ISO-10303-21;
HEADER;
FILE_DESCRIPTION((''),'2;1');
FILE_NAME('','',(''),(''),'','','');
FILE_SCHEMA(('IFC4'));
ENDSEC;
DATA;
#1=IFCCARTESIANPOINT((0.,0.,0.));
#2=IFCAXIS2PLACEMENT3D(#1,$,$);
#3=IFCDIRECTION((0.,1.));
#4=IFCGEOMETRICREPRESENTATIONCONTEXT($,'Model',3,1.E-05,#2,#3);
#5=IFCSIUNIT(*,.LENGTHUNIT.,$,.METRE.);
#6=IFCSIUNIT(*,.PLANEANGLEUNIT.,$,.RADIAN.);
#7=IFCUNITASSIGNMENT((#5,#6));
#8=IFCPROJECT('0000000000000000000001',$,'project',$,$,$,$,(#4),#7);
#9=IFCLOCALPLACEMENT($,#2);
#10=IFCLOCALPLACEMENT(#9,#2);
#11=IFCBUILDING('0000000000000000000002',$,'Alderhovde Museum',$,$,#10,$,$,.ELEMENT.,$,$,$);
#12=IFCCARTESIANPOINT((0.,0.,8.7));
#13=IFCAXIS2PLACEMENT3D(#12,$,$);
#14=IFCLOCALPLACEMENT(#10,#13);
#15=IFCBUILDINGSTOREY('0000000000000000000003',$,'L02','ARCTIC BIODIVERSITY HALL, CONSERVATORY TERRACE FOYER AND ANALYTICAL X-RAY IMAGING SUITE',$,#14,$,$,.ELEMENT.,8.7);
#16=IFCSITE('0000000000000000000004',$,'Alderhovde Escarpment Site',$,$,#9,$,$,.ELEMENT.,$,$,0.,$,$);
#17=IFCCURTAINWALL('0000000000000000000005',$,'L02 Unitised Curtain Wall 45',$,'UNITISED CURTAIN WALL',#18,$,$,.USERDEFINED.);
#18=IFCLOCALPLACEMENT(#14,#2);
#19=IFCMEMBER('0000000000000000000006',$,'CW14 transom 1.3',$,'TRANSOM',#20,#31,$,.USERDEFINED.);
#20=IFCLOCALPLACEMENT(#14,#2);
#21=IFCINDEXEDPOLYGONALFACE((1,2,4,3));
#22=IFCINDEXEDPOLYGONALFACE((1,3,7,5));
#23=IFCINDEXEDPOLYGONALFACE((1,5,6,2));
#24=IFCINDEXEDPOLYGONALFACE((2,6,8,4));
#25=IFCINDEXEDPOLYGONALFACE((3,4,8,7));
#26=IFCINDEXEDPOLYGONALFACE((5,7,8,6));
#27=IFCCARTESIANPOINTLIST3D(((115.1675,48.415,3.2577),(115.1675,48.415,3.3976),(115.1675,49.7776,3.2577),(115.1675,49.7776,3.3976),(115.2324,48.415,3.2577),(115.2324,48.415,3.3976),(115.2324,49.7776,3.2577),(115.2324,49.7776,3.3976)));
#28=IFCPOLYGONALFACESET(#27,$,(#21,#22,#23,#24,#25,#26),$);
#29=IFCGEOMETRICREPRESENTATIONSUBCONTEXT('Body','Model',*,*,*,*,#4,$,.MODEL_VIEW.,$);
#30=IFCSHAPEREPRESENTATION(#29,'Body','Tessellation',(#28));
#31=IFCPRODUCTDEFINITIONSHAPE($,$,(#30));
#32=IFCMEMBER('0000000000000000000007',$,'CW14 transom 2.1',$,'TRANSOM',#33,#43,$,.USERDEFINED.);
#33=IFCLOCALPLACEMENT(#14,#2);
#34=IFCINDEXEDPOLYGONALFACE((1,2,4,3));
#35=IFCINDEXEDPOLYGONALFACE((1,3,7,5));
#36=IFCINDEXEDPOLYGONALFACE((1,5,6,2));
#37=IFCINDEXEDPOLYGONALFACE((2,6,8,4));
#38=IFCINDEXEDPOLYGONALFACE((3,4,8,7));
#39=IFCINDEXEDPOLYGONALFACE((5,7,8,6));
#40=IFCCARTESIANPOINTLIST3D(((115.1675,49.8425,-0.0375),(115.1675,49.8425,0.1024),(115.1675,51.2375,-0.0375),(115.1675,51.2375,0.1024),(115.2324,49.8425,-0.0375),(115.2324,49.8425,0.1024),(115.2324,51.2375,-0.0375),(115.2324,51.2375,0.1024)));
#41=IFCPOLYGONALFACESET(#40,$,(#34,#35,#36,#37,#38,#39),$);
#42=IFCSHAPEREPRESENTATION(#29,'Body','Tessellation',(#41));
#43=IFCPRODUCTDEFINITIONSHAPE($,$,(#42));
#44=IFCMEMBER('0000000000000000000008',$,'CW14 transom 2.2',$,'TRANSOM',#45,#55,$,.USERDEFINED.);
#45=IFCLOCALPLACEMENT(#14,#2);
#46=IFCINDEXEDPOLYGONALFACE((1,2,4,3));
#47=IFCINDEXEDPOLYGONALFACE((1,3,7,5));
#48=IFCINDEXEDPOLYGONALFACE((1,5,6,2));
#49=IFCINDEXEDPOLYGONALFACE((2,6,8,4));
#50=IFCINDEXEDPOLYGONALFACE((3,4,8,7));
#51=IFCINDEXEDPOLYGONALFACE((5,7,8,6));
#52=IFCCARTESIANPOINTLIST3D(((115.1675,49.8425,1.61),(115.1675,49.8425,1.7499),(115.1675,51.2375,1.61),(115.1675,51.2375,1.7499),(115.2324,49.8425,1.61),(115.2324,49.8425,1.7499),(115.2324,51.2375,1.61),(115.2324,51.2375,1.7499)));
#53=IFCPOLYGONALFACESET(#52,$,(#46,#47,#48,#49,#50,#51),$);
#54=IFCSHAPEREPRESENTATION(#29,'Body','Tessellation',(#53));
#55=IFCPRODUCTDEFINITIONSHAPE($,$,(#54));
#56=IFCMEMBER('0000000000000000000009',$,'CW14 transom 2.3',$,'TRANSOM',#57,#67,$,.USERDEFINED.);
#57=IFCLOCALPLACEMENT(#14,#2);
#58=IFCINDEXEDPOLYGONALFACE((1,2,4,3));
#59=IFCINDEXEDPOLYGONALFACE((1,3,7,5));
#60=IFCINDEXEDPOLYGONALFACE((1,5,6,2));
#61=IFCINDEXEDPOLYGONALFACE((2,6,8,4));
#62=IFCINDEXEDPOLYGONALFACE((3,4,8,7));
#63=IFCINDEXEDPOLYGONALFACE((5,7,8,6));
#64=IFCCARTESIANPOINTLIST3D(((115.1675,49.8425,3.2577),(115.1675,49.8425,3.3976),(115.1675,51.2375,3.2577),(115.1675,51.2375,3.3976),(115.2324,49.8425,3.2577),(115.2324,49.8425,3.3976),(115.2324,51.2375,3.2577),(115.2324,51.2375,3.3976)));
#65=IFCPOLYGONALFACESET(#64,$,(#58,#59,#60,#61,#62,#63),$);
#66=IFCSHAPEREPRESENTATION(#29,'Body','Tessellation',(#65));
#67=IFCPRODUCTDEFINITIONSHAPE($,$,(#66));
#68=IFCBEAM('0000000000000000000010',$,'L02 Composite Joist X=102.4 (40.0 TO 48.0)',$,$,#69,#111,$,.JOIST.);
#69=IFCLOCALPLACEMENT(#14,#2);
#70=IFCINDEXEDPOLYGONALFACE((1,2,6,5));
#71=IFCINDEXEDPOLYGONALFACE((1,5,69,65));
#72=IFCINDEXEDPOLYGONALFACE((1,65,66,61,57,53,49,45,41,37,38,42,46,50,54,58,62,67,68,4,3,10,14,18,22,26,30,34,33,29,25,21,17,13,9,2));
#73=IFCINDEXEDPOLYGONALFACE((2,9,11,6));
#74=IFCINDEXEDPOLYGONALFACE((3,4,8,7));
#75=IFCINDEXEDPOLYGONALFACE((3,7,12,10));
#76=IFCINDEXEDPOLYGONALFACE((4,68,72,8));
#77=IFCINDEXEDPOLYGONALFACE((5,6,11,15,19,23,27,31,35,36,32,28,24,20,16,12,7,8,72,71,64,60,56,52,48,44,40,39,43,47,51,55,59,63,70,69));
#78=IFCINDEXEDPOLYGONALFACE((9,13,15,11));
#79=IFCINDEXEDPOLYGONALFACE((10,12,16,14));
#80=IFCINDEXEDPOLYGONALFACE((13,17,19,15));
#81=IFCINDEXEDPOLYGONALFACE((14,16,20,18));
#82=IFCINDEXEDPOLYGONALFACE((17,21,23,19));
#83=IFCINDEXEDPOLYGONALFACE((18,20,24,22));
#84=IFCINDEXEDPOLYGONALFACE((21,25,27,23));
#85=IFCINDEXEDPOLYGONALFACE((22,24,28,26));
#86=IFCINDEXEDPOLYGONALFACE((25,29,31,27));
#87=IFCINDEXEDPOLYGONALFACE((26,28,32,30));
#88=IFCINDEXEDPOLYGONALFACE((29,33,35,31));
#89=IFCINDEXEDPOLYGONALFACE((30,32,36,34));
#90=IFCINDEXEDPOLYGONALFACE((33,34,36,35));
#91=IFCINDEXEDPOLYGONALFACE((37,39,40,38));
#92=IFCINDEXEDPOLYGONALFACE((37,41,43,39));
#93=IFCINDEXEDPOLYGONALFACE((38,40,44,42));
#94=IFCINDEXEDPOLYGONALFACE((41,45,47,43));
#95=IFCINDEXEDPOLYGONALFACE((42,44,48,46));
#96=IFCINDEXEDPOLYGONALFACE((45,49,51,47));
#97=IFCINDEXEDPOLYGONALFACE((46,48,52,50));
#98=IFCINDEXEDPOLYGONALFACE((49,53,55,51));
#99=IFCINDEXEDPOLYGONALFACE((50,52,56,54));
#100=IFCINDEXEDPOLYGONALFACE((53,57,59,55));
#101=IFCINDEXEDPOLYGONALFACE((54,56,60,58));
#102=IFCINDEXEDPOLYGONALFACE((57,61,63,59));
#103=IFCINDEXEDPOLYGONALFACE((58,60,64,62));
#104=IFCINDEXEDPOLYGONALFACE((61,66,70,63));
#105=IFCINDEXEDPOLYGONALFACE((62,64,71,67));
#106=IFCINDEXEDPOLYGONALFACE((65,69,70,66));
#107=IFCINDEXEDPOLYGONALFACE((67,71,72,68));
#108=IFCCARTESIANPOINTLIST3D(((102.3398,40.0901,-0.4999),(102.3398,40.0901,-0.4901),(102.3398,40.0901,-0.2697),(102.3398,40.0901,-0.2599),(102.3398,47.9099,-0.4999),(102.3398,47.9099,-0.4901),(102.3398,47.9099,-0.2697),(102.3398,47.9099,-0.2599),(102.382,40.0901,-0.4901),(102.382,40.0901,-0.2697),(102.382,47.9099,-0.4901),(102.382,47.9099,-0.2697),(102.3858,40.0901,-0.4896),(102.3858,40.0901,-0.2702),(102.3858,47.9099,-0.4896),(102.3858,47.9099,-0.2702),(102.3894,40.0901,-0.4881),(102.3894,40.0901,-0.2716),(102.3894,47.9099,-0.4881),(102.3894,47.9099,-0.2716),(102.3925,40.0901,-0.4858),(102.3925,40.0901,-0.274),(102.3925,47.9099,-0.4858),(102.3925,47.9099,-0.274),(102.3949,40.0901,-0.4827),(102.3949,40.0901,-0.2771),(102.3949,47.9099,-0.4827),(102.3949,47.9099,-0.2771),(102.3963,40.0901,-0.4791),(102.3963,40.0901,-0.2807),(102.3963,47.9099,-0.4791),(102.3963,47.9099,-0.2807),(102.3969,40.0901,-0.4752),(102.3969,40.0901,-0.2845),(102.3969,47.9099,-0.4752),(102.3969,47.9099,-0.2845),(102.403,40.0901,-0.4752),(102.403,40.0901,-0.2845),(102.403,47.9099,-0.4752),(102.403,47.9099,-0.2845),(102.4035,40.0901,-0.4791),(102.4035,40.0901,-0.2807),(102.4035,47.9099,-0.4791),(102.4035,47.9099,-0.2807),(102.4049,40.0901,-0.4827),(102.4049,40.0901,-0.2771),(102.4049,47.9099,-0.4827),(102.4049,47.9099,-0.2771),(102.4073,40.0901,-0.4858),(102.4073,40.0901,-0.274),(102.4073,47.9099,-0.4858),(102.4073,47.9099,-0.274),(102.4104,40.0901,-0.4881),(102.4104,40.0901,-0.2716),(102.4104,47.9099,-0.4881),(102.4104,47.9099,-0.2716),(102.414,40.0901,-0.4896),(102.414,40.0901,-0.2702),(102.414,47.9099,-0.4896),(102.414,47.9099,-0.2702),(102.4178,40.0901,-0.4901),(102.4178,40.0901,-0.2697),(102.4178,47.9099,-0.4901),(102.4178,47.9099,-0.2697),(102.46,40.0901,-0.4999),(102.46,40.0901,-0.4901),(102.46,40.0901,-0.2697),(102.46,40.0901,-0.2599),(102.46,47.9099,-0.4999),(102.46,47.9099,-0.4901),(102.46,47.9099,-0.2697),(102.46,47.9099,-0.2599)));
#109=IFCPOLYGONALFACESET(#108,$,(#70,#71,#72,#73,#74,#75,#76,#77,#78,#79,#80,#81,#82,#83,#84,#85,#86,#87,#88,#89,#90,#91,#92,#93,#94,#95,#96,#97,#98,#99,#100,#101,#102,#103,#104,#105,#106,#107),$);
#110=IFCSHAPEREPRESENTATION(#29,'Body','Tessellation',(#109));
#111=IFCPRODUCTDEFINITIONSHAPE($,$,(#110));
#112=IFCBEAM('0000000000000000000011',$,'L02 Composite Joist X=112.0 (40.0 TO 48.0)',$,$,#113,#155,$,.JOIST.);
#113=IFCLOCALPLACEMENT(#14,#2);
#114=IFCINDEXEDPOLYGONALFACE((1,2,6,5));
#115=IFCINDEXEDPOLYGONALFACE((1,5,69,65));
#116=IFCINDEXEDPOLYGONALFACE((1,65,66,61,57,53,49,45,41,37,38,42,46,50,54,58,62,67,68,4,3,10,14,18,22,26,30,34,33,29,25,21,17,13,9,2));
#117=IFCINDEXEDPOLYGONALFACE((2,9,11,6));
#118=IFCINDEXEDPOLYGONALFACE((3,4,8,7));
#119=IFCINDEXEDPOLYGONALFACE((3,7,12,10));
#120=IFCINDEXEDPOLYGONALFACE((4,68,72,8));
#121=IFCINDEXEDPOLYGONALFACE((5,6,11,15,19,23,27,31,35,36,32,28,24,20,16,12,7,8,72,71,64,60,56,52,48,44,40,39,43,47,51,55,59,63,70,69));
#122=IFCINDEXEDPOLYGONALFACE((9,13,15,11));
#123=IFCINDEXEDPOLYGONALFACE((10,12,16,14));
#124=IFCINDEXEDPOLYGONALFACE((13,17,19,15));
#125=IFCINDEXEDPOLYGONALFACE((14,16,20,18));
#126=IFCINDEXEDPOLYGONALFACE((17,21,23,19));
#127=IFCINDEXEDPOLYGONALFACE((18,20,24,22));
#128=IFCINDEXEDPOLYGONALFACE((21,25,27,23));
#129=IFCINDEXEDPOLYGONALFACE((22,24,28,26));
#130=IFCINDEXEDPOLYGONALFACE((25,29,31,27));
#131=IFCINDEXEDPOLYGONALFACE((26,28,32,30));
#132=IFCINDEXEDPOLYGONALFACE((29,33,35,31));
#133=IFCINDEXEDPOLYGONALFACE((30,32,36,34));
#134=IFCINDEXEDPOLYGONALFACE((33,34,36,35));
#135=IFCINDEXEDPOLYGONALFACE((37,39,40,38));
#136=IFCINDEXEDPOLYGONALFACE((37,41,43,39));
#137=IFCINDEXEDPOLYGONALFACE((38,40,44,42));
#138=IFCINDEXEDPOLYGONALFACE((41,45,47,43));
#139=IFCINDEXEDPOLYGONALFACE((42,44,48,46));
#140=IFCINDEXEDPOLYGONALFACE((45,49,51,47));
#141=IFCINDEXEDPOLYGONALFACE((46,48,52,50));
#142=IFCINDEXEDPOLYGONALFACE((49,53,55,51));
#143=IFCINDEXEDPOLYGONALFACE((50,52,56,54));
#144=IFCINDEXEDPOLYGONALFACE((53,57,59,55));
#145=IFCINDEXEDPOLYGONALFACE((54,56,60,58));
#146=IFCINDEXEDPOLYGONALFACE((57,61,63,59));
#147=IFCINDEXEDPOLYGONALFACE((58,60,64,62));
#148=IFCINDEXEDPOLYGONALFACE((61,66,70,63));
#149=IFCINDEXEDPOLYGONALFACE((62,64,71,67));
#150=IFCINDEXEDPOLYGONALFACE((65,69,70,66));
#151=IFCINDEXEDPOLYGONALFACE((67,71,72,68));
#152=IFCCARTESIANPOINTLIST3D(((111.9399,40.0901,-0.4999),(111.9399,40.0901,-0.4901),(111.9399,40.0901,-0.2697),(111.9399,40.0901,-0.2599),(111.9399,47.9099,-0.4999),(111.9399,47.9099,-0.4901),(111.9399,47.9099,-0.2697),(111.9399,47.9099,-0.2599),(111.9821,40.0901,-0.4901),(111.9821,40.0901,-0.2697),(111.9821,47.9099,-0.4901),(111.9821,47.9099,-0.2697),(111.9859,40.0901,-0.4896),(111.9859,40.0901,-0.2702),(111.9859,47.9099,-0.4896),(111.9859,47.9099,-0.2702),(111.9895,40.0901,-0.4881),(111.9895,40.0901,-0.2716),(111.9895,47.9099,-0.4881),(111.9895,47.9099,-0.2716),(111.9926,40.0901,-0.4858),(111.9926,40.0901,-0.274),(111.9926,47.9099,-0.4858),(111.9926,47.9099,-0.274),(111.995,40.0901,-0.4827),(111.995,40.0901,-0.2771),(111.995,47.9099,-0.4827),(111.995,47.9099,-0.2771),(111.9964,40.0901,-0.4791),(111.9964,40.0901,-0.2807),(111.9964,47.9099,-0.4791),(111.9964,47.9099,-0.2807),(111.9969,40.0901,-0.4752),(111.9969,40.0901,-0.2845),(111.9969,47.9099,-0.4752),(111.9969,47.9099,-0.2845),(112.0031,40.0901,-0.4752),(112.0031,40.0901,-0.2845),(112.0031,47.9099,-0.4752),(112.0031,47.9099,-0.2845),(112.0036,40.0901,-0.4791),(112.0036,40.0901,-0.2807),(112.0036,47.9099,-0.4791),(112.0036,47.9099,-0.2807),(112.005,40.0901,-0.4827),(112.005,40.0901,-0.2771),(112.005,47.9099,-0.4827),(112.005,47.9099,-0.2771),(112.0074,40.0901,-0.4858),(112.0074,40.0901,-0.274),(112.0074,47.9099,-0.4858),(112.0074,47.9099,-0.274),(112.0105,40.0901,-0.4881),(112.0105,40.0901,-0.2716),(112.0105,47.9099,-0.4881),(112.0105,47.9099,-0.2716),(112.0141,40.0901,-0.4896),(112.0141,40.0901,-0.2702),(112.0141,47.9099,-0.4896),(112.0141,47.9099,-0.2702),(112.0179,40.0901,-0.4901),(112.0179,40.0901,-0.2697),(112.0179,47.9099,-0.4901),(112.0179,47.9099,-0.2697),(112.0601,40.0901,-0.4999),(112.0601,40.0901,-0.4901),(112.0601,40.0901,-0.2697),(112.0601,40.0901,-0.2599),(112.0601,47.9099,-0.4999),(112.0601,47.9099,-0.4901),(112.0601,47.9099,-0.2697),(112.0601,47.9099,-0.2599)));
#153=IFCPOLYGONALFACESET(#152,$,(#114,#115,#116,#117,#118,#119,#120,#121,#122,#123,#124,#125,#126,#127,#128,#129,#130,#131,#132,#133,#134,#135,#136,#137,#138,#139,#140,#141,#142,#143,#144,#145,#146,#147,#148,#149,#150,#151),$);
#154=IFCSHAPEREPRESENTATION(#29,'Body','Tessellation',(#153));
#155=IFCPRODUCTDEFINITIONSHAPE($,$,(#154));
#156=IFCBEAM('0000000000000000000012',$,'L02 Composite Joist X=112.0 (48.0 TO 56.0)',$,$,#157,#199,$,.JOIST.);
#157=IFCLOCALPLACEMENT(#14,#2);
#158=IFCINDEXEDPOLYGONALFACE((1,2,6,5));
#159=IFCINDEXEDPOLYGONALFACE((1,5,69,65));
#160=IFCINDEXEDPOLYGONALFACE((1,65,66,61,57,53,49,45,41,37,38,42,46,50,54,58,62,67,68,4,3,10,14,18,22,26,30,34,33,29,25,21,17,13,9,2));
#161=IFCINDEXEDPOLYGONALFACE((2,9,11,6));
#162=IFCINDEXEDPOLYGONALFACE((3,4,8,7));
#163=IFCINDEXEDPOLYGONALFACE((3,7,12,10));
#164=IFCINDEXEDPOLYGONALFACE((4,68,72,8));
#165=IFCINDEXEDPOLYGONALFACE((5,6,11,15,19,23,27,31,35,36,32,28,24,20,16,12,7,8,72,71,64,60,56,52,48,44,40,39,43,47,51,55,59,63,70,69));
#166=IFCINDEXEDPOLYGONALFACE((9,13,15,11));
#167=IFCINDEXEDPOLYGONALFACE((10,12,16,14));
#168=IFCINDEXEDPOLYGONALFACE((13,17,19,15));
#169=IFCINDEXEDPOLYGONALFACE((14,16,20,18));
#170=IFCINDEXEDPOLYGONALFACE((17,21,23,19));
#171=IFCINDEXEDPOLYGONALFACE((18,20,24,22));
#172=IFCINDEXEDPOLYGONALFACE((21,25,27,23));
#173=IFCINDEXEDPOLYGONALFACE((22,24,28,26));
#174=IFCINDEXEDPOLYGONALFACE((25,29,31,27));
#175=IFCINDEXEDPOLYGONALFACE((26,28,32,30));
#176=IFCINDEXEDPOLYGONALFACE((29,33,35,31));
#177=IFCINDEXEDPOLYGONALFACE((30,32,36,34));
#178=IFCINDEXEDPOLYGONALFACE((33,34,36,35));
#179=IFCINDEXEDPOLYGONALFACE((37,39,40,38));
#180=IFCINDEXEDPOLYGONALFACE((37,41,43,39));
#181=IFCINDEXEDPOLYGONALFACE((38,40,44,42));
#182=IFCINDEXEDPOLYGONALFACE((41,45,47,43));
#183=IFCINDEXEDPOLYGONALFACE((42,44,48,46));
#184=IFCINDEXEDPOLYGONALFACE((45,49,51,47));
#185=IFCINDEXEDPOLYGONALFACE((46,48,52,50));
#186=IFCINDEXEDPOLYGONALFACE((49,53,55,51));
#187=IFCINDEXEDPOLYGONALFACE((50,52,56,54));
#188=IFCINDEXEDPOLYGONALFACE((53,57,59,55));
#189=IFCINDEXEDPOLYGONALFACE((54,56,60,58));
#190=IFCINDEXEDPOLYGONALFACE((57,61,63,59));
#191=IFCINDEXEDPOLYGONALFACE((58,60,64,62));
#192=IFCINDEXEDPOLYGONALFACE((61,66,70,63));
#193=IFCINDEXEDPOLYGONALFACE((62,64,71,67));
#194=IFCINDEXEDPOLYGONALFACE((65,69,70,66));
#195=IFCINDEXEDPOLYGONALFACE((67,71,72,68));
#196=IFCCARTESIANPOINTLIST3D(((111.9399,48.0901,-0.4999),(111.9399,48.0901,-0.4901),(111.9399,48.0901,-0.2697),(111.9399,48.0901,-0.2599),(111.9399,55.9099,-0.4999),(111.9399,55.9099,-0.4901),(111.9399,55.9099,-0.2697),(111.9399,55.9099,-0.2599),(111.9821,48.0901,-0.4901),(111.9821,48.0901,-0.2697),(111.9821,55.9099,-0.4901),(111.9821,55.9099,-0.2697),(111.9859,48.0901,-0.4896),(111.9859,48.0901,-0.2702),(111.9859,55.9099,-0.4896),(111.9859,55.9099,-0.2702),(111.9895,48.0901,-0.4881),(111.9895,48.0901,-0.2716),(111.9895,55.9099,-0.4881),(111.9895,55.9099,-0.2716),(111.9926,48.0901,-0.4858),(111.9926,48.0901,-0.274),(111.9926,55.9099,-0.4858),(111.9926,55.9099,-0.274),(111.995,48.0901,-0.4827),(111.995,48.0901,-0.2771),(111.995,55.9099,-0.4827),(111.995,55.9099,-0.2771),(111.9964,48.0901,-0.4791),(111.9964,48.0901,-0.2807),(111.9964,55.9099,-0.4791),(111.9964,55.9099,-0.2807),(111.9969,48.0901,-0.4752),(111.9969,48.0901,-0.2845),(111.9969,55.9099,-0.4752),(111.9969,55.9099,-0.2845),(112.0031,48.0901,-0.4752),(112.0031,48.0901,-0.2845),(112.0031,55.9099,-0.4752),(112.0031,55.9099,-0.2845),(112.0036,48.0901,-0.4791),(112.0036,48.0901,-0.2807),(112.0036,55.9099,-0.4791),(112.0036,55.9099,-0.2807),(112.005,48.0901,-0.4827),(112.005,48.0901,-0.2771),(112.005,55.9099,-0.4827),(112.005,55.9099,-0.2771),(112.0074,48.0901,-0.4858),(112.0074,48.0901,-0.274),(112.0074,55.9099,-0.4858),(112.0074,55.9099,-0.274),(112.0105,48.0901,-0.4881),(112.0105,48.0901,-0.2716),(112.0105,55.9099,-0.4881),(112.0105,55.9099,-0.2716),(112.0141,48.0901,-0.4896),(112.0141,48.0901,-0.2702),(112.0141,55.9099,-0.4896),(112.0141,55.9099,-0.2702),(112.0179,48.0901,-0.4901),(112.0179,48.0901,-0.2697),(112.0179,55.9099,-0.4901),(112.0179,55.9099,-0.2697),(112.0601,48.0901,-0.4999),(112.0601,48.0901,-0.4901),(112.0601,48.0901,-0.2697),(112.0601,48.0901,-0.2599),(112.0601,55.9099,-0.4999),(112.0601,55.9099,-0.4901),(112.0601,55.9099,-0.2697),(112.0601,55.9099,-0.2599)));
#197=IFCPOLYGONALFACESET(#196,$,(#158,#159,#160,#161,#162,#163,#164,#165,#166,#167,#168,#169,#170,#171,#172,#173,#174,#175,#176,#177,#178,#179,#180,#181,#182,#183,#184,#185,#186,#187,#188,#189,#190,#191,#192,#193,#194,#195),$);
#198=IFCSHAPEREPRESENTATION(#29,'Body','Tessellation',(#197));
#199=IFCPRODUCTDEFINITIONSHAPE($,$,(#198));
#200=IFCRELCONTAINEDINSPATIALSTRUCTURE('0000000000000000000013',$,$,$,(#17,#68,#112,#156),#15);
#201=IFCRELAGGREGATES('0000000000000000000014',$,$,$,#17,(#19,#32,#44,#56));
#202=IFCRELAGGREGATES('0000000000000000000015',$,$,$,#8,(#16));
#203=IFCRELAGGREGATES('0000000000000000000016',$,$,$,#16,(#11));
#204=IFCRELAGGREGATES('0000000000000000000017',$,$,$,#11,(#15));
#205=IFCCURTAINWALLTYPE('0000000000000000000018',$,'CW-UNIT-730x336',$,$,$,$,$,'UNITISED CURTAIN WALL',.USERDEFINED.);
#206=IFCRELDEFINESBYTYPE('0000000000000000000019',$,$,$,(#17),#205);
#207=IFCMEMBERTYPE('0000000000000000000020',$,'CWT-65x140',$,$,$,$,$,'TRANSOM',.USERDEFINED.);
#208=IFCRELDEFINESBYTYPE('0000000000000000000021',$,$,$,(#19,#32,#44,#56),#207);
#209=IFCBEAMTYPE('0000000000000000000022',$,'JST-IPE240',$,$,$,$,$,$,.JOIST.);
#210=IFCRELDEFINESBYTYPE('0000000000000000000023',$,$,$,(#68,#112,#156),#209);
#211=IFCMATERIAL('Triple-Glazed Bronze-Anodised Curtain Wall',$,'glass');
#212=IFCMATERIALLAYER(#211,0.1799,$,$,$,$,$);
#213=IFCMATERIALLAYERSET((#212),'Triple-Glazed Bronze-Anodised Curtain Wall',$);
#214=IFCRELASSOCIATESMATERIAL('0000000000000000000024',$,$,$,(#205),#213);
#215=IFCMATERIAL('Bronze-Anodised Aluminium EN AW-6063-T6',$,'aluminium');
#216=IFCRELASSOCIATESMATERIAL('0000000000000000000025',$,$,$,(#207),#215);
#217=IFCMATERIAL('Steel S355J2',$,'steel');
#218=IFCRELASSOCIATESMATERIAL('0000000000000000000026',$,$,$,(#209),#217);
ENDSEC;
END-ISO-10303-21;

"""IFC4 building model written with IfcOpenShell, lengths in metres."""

from ifc_helpers import new_model, si_unit, direction, frame, origin, origin_2d, place, context, subcontext, project, spatial, rectangle, i_section, extrude, material, layer, layer_set, material_profile, profile_set, type_object, element, aggregate, save


model = new_model("IFC4")

# Units and contexts
model_context = context("Model", 3, precision=1e-05, world=origin(), true_north=direction((0.0, 1.0)))
body_context = subcontext(model_context, "Body", "Model", "MODEL_VIEW")
ifc_project = project(units=[si_unit("LENGTHUNIT", "METRE"), si_unit("PLANEANGLEUNIT", "RADIAN")], contexts=[model_context])

# Site, building, storey
site_placement = place(None, origin())
site = spatial("IfcSite", under=ifc_project, at=site_placement, Name="Alderhovde Escarpment Site", CompositionType="ELEMENT", RefElevation=0.0)
building_placement = place(site_placement, origin())
building = spatial("IfcBuilding", under=site, at=building_placement, Name="Alderhovde Museum", CompositionType="ELEMENT")
storey_placement = place(building_placement, frame((0.0, 0.0, 8.7)))
storey = spatial("IfcBuildingStorey", under=building, at=storey_placement, Name="L02", Description="ARCTIC BIODIVERSITY HALL, CONSERVATORY TERRACE FOYER AND ANALYTICAL X-RAY IMAGING SUITE", CompositionType="ELEMENT", Elevation=8.7)

# Curtain wall, members
ifc_material_1 = material(Name="Triple-Glazed Bronze-Anodised Curtain Wall", Category="glass")
ifc_layer_1 = layer(ifc_material_1, 0.1799)
ifc_layer_set_1 = layer_set([ifc_layer_1], Name="Triple-Glazed Bronze-Anodised Curtain Wall")
curtain_wall_type = type_object("IfcCurtainWallType", Name="CW-UNIT-730x336", ElementType="UNITISED CURTAIN WALL", PredefinedType="USERDEFINED", material=ifc_layer_set_1)
curtain_wall_placement = place(storey_placement, origin())
curtain_wall = element("IfcCurtainWall", 1, at=curtain_wall_placement, inside=storey, type_object=curtain_wall_type, Name="L02 Unitised Curtain Wall 45", ObjectType="UNITISED CURTAIN WALL", PredefinedType="USERDEFINED")
ifc_material_2 = material(Name="Bronze-Anodised Aluminium EN AW-6063-T6", Category="aluminium")
ifc_material_profile_1 = material_profile(ifc_material_2, rectangle(XDim=0.0649, YDim=0.1399, at=origin_2d()), Name="TRANSOM 65x140")
ifc_profile_set_1 = profile_set([ifc_material_profile_1], Name="Bronze-Anodised Aluminium EN AW-6063-T6")
member_type_1 = type_object("IfcMemberType", Name="CWT-65x140", ElementType="TRANSOM", PredefinedType="USERDEFINED", material=ifc_profile_set_1)
member_1_placement = place(storey_placement, frame((115.2, 48.415, 3.3276), z_axis=(0.0, 1.0, 0.0), x_axis=(-1.0, 0.0, 0.0)))
member_1 = element("IfcMember", 2, at=member_1_placement, type_object=member_type_1, Name="CW14 transom 1.3", ObjectType="TRANSOM", PredefinedType="USERDEFINED", context=body_context, shape_type="SweptSolid", body=[
    extrude(rectangle(XDim=0.0649, YDim=0.1399, at=origin_2d()), origin(), (0.0, 0.0, 1.0), 1.3625),
])
member_2_placement = place(storey_placement, frame((115.2, 49.8425, 0.0325), z_axis=(0.0, 1.0, 0.0), x_axis=(-1.0, 0.0, 0.0)))
member_2 = element("IfcMember", 3, at=member_2_placement, type_object=member_type_1, Name="CW14 transom 2.1", ObjectType="TRANSOM", PredefinedType="USERDEFINED", context=body_context, shape_type="SweptSolid", body=[
    extrude(rectangle(XDim=0.0649, YDim=0.1399, at=origin_2d()), origin(), (0.0, 0.0, 1.0), 1.395),
])
member_3_placement = place(storey_placement, frame((115.2, 49.8425, 1.6799), z_axis=(0.0, 1.0, 0.0), x_axis=(-1.0, 0.0, 0.0)))
member_3 = element("IfcMember", 4, at=member_3_placement, type_object=member_type_1, Name="CW14 transom 2.2", ObjectType="TRANSOM", PredefinedType="USERDEFINED", context=body_context, shape_type="SweptSolid", body=[
    extrude(rectangle(XDim=0.0649, YDim=0.1399, at=origin_2d()), origin(), (0.0, 0.0, 1.0), 1.395),
])
member_4_placement = place(storey_placement, frame((115.2, 49.8425, 3.3276), z_axis=(0.0, 1.0, 0.0), x_axis=(-1.0, 0.0, 0.0)))
member_4 = element("IfcMember", 5, at=member_4_placement, type_object=member_type_1, Name="CW14 transom 2.3", ObjectType="TRANSOM", PredefinedType="USERDEFINED", context=body_context, shape_type="SweptSolid", body=[
    extrude(rectangle(XDim=0.0649, YDim=0.1399, at=origin_2d()), origin(), (0.0, 0.0, 1.0), 1.395),
])

# Beams
ifc_material_3 = material(Name="Steel S355J2", Category="steel")
ifc_material_profile_2 = material_profile(ifc_material_3, i_section(OverallWidth=0.1201, OverallDepth=0.24, WebThickness=0.0061, FlangeThickness=0.0098, FilletRadius=0.0149, at=origin_2d()), Name="IPE 240")
ifc_profile_set_2 = profile_set([ifc_material_profile_2], Name="Steel S355J2")
beam_type_1 = type_object("IfcBeamType", Name="JST-IPE240", PredefinedType="JOIST", material=ifc_profile_set_2)
for number, where, z_axis, x_axis, name in (
    (6, (102.3999, 40.0901, -0.3799), (0.0, 1.0, 0.0), (-1.0, 0.0, 0.0), "L02 Composite Joist X=102.4 (40.0 TO 48.0)"),
    (7, (112.0, 40.0901, -0.3799), (0.0, 1.0, 0.0), (-1.0, 0.0, 0.0), "L02 Composite Joist X=112.0 (40.0 TO 48.0)"),
    (8, (112.0, 48.0901, -0.3799), (0.0, 1.0, 0.0), (-1.0, 0.0, 0.0), "L02 Composite Joist X=112.0 (48.0 TO 56.0)"),
):
    element("IfcBeam", number, at=place(storey_placement, frame(where, z_axis=z_axis, x_axis=x_axis)), inside=storey, type_object=beam_type_1, Name=name, PredefinedType="JOIST", context=body_context, shape_type="SweptSolid", body=[
        extrude(i_section(OverallWidth=0.1201, OverallDepth=0.24, WebThickness=0.0061, FlangeThickness=0.0098, FilletRadius=0.0149, at=origin_2d()), origin(), (0.0, 0.0, 1.0), 7.8198),
    ])

aggregate(curtain_wall, [member_1, member_2, member_3, member_4])

save(model, "model.ifc")
